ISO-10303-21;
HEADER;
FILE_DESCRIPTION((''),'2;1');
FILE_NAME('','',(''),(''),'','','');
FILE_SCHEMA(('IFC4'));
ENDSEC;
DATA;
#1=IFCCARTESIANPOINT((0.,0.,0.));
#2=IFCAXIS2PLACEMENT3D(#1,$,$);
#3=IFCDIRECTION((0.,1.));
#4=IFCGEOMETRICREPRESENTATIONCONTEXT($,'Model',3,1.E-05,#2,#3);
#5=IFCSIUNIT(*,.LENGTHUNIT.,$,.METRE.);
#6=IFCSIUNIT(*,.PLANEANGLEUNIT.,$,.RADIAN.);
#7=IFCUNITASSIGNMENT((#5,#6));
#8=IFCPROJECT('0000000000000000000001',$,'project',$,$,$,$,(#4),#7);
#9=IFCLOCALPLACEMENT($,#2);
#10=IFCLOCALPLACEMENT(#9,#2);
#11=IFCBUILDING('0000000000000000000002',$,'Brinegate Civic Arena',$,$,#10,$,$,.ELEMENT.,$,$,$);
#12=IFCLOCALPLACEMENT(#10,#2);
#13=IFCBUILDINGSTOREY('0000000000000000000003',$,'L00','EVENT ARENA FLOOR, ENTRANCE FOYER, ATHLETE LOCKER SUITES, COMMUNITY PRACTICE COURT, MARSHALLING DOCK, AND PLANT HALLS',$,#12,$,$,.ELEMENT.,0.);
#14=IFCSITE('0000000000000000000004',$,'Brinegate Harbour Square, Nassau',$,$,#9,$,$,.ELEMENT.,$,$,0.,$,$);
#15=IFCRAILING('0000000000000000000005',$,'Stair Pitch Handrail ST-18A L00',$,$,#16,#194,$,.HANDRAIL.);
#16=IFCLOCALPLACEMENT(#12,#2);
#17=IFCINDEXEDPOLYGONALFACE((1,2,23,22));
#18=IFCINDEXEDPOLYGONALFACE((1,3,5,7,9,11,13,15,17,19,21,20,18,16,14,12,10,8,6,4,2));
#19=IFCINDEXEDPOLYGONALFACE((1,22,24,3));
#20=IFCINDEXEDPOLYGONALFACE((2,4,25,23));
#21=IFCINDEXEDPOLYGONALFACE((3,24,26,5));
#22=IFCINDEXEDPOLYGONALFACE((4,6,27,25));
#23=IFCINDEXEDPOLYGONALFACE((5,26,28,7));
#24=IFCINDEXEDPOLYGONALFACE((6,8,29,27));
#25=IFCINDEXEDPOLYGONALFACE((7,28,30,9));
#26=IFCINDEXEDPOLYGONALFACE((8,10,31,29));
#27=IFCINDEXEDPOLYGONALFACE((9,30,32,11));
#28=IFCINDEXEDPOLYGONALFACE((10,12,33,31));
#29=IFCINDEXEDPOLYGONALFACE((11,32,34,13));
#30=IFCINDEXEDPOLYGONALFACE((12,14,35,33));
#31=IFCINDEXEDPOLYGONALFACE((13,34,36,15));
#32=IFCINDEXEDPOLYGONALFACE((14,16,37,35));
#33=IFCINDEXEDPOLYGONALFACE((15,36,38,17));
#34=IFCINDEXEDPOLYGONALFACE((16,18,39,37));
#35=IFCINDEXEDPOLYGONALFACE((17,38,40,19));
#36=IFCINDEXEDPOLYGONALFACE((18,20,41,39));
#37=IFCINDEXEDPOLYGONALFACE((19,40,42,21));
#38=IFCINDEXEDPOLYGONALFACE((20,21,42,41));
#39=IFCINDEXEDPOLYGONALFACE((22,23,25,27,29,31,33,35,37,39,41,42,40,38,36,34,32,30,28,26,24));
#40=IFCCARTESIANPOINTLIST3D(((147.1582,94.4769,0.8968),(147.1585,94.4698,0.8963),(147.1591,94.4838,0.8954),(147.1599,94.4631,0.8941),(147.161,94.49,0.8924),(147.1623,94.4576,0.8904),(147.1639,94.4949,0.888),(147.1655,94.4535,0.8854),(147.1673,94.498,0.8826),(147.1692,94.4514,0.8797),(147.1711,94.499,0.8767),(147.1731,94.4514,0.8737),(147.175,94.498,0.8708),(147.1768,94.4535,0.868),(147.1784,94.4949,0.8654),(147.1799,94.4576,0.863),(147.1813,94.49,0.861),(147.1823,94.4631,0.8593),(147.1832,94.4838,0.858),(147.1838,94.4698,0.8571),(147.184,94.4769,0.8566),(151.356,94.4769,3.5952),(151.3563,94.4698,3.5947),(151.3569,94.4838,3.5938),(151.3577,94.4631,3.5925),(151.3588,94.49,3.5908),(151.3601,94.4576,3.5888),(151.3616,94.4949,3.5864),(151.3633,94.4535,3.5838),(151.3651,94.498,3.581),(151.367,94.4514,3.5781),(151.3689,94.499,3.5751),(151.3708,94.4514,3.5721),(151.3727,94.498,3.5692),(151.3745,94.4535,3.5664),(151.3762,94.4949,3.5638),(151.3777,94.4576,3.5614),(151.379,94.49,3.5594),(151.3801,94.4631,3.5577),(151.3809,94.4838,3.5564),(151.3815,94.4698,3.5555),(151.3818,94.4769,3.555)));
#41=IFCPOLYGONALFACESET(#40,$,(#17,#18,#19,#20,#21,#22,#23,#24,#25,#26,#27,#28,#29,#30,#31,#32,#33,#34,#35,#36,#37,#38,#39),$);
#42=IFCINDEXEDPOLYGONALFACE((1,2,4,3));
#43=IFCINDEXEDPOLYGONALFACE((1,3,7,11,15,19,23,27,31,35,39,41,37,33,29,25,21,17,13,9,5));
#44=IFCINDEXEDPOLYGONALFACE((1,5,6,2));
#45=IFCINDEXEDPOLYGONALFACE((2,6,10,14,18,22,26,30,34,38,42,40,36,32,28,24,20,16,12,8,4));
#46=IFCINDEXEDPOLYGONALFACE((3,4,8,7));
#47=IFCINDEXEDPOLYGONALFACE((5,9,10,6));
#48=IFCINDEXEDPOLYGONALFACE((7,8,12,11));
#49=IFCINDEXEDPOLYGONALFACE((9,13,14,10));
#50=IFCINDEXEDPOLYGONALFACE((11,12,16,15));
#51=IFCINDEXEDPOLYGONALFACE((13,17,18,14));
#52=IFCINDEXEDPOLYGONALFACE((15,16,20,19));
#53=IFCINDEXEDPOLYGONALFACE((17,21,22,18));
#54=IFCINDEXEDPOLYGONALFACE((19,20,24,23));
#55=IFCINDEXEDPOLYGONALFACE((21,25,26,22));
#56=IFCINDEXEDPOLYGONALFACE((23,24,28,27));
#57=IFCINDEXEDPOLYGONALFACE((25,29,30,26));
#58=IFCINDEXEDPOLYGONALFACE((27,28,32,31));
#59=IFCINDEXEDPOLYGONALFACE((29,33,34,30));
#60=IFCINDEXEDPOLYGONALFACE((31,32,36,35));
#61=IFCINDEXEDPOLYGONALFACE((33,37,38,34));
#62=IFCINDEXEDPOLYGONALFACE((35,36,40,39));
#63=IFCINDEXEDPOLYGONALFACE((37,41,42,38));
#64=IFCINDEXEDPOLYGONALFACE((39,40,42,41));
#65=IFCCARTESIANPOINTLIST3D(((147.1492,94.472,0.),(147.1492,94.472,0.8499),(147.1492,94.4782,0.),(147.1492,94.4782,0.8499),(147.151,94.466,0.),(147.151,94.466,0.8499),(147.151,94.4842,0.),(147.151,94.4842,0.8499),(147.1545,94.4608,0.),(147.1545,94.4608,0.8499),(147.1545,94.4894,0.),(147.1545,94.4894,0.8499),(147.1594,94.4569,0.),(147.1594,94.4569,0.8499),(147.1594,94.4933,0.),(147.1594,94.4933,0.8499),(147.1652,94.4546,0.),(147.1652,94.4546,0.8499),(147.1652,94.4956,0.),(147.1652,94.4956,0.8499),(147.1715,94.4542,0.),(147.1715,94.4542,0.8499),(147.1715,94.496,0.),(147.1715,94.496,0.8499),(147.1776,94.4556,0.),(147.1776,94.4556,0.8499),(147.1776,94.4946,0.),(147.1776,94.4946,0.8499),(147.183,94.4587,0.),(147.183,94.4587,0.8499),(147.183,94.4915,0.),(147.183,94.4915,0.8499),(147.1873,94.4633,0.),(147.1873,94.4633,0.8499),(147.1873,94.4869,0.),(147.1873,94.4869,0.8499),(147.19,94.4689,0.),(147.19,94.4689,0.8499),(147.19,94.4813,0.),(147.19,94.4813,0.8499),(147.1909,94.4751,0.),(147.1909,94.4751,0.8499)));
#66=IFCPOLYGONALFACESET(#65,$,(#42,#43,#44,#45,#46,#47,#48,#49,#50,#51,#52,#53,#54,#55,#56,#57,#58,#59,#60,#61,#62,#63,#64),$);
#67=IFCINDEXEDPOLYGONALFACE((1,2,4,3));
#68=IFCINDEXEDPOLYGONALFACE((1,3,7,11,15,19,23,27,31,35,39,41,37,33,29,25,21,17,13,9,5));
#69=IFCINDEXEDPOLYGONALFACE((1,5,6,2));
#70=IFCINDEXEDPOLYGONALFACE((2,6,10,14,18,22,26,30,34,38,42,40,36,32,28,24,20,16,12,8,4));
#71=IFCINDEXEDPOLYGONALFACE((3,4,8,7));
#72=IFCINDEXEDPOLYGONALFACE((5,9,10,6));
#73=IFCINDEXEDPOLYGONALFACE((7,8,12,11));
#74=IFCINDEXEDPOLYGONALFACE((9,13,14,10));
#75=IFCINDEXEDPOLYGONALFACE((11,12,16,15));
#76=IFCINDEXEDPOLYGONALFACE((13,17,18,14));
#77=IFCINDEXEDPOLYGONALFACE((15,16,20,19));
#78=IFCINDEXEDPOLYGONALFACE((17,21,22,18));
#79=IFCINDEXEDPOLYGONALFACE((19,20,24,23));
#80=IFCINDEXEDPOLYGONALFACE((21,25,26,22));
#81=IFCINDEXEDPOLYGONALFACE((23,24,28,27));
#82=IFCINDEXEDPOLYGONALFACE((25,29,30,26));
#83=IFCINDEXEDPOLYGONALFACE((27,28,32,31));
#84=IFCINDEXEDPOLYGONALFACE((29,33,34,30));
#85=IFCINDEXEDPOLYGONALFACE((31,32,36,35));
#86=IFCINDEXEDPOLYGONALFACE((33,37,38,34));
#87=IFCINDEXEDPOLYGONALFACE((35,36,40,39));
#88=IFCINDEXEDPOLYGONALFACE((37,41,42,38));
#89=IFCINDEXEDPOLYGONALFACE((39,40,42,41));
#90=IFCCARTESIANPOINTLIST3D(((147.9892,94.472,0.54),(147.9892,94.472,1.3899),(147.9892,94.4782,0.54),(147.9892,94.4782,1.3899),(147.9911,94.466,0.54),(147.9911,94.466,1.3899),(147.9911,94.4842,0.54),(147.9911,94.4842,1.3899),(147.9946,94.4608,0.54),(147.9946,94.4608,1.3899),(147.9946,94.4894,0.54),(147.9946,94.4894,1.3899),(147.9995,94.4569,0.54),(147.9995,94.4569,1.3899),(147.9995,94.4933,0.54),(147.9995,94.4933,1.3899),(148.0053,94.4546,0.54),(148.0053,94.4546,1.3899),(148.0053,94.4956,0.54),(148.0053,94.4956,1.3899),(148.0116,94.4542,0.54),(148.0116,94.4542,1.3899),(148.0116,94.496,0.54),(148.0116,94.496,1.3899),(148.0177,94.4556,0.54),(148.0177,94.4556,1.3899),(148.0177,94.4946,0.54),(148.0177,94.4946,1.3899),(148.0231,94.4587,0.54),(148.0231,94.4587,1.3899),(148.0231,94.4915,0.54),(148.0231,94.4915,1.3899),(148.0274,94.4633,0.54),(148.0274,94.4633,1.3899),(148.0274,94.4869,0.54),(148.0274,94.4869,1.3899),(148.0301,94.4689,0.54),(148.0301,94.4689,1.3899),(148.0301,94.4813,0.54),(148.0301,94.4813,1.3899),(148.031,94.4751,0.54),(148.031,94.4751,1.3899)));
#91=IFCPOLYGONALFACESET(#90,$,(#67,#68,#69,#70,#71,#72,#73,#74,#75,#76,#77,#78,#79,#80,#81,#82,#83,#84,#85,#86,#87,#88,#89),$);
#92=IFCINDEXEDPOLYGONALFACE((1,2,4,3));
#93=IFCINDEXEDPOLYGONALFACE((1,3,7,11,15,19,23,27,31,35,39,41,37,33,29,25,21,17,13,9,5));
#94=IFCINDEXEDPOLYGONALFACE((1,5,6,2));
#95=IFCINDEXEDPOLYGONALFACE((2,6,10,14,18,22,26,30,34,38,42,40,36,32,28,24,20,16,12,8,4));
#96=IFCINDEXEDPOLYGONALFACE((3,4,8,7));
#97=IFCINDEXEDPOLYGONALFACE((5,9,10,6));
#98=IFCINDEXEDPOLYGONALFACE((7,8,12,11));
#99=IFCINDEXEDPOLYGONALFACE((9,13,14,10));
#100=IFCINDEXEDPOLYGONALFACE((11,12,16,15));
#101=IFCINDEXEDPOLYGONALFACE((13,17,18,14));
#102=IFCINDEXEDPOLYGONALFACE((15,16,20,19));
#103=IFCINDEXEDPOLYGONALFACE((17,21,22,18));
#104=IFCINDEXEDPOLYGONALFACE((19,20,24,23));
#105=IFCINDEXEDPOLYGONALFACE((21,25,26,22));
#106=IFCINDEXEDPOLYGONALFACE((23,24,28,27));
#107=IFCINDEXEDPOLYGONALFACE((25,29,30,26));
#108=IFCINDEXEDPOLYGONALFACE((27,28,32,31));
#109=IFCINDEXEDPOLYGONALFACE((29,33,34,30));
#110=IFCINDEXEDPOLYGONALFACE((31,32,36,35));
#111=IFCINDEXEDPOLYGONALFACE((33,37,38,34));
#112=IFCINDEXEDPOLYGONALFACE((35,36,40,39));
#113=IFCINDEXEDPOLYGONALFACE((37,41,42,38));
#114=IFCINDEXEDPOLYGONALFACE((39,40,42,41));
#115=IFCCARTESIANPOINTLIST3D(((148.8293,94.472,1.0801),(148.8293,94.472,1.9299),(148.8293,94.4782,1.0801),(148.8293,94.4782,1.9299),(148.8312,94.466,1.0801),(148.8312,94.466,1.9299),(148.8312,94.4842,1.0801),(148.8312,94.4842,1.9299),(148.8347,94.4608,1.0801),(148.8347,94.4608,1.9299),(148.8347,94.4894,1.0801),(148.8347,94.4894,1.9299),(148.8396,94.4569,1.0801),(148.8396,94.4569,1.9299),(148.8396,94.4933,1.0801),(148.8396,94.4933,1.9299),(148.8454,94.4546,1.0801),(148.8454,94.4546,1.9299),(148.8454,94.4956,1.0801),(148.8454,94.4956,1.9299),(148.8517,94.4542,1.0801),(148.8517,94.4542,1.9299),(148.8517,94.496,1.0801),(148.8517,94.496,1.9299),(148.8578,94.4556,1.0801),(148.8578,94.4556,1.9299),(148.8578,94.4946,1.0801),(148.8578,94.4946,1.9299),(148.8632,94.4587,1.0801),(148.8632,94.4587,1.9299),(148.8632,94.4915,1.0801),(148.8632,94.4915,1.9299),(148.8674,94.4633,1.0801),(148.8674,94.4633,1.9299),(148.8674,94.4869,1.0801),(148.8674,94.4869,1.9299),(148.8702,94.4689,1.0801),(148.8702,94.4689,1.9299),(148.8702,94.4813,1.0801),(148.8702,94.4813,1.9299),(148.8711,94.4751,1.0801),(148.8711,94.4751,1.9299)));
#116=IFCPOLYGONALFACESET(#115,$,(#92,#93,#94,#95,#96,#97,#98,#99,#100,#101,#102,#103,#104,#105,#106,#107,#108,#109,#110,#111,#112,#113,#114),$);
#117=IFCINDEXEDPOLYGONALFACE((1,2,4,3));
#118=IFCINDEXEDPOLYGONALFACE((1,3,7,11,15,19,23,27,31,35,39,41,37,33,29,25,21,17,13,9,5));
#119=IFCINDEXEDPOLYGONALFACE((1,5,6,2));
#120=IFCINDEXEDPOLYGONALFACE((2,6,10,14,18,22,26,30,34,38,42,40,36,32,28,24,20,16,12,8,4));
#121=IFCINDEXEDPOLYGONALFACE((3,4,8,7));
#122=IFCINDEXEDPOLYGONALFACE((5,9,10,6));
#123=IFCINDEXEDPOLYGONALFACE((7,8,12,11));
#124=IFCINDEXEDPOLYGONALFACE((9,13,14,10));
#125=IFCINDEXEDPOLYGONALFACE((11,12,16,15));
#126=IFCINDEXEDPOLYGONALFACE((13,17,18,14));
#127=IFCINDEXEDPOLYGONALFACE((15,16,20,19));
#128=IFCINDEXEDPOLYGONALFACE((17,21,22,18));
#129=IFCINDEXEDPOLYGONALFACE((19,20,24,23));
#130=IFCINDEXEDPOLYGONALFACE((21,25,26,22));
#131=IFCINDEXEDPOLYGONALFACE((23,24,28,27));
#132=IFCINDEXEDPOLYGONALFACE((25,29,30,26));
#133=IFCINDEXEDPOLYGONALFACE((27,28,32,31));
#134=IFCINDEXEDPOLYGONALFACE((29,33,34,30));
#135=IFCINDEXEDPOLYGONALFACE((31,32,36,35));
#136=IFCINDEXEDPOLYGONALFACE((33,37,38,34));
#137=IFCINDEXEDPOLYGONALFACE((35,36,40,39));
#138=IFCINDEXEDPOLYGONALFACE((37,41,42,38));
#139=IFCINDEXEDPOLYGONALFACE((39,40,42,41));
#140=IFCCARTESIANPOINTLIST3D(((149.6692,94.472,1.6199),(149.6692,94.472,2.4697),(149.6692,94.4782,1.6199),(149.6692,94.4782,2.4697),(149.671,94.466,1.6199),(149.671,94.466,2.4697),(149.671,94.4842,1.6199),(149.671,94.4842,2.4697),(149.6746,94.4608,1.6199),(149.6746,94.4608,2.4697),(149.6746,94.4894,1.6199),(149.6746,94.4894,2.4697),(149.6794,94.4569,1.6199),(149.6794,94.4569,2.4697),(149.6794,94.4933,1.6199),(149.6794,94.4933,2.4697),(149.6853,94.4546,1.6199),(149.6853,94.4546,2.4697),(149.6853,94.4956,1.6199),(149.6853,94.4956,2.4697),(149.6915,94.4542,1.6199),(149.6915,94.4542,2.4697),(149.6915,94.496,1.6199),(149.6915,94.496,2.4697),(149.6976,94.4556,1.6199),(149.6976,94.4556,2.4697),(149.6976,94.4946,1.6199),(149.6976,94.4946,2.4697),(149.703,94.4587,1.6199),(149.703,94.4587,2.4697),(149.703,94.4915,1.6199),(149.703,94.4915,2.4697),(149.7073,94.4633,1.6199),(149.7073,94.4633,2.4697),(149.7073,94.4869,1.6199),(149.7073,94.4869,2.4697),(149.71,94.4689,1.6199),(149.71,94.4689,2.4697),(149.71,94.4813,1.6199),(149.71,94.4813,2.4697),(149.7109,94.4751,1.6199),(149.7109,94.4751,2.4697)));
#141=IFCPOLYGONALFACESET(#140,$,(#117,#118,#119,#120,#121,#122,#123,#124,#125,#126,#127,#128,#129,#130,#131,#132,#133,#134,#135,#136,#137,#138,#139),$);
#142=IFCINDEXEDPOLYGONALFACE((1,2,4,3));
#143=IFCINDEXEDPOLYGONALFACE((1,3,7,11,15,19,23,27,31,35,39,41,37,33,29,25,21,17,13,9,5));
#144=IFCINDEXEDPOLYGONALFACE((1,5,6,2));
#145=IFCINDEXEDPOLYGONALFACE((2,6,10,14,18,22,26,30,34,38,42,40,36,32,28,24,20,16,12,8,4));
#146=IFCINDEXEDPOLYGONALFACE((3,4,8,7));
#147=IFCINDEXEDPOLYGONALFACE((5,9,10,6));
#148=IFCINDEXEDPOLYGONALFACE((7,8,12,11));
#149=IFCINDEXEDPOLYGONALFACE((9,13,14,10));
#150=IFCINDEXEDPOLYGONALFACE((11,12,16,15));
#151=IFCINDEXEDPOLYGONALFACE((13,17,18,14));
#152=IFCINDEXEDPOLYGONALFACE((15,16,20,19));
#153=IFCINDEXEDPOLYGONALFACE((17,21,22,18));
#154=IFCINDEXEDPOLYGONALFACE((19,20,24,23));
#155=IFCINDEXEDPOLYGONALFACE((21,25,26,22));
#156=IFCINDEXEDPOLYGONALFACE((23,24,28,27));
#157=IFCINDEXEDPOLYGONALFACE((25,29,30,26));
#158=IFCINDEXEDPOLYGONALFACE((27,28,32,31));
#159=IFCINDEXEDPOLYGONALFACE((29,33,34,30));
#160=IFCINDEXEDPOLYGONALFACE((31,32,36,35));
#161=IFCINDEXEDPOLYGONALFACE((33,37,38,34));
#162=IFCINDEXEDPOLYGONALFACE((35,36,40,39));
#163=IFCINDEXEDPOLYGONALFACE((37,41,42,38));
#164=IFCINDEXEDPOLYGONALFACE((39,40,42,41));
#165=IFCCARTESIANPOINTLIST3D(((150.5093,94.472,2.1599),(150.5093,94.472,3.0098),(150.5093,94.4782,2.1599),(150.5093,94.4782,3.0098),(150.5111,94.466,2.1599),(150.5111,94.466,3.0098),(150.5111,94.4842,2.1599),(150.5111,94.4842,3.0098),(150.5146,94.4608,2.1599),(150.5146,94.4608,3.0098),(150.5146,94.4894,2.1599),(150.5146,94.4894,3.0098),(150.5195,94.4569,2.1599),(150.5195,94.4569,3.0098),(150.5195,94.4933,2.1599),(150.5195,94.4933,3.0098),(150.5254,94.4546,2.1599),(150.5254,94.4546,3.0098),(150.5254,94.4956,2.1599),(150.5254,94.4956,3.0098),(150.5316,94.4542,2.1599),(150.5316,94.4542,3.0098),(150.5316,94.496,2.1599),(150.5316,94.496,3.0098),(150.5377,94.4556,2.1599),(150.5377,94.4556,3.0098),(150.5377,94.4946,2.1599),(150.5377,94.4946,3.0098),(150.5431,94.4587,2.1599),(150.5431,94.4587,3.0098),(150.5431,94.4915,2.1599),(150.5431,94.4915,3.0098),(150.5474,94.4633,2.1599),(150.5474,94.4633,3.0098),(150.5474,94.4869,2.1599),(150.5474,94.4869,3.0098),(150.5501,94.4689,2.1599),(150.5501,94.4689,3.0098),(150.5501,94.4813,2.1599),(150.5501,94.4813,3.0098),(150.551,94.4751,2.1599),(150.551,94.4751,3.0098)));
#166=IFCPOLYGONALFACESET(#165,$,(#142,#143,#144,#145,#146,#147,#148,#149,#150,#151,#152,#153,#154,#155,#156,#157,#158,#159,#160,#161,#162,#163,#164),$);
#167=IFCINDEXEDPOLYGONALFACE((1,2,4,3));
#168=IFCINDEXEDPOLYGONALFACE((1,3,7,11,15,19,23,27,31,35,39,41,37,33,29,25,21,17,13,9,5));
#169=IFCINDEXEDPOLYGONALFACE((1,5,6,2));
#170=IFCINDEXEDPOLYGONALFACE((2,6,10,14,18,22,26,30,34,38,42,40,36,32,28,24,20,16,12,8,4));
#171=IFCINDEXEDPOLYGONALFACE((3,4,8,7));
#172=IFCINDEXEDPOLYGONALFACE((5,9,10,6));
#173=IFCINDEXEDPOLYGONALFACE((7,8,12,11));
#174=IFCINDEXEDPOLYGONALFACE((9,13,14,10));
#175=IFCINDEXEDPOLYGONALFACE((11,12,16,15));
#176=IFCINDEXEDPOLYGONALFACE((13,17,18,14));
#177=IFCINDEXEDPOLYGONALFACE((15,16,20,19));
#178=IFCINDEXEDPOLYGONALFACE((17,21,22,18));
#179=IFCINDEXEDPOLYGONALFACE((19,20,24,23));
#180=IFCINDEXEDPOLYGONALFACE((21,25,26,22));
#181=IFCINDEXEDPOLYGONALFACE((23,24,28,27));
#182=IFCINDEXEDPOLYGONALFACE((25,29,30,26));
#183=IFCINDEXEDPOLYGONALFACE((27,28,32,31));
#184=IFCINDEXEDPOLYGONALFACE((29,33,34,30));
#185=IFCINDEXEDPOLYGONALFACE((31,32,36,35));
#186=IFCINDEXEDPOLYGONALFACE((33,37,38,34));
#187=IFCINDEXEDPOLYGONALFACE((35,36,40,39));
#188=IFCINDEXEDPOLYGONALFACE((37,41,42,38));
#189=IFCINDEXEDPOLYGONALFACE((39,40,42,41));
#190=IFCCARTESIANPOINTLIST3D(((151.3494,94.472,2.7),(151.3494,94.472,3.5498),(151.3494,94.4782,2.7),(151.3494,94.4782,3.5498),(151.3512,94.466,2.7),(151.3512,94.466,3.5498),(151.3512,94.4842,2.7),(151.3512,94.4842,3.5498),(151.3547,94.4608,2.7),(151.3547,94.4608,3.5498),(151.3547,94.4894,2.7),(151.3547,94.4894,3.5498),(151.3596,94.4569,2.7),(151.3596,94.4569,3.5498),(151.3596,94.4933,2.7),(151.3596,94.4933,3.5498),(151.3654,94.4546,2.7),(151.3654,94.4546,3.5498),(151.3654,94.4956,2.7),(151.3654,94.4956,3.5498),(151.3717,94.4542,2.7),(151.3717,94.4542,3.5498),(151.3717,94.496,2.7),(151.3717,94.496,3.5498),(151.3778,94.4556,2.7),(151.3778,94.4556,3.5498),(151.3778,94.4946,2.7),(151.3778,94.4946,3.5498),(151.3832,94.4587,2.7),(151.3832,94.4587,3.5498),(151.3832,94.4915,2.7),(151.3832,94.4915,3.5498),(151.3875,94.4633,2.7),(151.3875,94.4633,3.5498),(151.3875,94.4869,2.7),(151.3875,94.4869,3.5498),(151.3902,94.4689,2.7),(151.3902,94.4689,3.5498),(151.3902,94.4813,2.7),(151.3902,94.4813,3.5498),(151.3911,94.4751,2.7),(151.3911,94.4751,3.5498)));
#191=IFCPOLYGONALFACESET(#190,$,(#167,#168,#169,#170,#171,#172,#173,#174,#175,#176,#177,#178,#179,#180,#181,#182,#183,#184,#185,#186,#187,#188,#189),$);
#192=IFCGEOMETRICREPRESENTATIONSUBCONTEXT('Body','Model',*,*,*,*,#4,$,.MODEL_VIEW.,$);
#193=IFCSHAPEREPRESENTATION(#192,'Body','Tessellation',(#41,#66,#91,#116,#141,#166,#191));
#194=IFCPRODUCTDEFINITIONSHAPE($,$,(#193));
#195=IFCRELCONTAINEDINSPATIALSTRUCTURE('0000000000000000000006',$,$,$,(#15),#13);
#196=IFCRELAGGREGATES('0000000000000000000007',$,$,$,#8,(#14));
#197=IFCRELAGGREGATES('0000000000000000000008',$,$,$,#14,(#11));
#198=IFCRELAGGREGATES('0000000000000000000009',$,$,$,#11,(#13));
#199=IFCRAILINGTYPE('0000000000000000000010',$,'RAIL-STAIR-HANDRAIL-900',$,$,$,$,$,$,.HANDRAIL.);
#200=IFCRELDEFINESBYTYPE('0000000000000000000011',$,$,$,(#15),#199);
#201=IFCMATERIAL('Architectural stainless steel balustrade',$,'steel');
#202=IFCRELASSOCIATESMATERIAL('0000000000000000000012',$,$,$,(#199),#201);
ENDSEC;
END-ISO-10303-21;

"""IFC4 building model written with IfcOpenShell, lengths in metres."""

from ifc_helpers import new_model, si_unit, direction, frame, origin, origin_2d, place, context, subcontext, project, spatial, circle, extrude, material, type_object, element, save


model = new_model("IFC4")

# Units and contexts
model_context = context("Model", 3, precision=1e-05, world=origin(), true_north=direction((0.0, 1.0)))
body_context = subcontext(model_context, "Body", "Model", "MODEL_VIEW")
ifc_project = project(units=[si_unit("LENGTHUNIT", "METRE"), si_unit("PLANEANGLEUNIT", "RADIAN")], contexts=[model_context])

# Site, building, storey
site_placement = place(None, origin())
site = spatial("IfcSite", under=ifc_project, at=site_placement, Name="Brinegate Harbour Square, Nassau", CompositionType="ELEMENT", RefElevation=0.0)
building_placement = place(site_placement, origin())
building = spatial("IfcBuilding", under=site, at=building_placement, Name="Brinegate Civic Arena", CompositionType="ELEMENT")
storey_placement = place(building_placement, origin())
storey = spatial("IfcBuildingStorey", under=building, at=storey_placement, Name="L00", Description="EVENT ARENA FLOOR, ENTRANCE FOYER, ATHLETE LOCKER SUITES, COMMUNITY PRACTICE COURT, MARSHALLING DOCK, AND PLANT HALLS", CompositionType="ELEMENT", Elevation=0.0)

# Railing
ifc_material_1 = material(Name="Architectural stainless steel balustrade", Category="steel")
railing_type = type_object("IfcRailingType", Name="RAIL-STAIR-HANDRAIL-900", PredefinedType="HANDRAIL", material=ifc_material_1)
railing_placement = place(storey_placement, frame((147.1699, 94.4751, 0.0)))
element("IfcRailing", 1, at=railing_placement, inside=storey, type_object=railing_type, Name="Stair Pitch Handrail ST-18A L00", PredefinedType="HANDRAIL", context=body_context, shape_type="SweptSolid", body=[
    extrude(circle(Radius=0.0239, at=origin_2d()), frame((0.0012, 0.0, 0.8767), z_axis=(0.841194, 0.0, 0.540733), x_axis=(0.0, 1.0, 0.0)), (0.0, 0.0, 1.0), 4.9902),
    extrude(circle(Radius=0.021, at=origin_2d()), origin(), (0.0, 0.0, 1.0), 0.8499),
    extrude(circle(Radius=0.021, at=origin_2d()), frame((0.8401, 0.0, 0.54)), (0.0, 0.0, 1.0), 0.8499),
    extrude(circle(Radius=0.021, at=origin_2d()), frame((1.6802, 0.0, 1.0801)), (0.0, 0.0, 1.0), 0.8499),
    extrude(circle(Radius=0.021, at=origin_2d()), frame((2.52, 0.0, 1.6199)), (0.0, 0.0, 1.0), 0.8499),
    extrude(circle(Radius=0.021, at=origin_2d()), frame((3.3601, 0.0, 2.1599)), (0.0, 0.0, 1.0), 0.8499),
    extrude(circle(Radius=0.021, at=origin_2d()), frame((4.2002, 0.0, 2.7)), (0.0, 0.0, 1.0), 0.8499),
])

save(model, "model.ifc")
